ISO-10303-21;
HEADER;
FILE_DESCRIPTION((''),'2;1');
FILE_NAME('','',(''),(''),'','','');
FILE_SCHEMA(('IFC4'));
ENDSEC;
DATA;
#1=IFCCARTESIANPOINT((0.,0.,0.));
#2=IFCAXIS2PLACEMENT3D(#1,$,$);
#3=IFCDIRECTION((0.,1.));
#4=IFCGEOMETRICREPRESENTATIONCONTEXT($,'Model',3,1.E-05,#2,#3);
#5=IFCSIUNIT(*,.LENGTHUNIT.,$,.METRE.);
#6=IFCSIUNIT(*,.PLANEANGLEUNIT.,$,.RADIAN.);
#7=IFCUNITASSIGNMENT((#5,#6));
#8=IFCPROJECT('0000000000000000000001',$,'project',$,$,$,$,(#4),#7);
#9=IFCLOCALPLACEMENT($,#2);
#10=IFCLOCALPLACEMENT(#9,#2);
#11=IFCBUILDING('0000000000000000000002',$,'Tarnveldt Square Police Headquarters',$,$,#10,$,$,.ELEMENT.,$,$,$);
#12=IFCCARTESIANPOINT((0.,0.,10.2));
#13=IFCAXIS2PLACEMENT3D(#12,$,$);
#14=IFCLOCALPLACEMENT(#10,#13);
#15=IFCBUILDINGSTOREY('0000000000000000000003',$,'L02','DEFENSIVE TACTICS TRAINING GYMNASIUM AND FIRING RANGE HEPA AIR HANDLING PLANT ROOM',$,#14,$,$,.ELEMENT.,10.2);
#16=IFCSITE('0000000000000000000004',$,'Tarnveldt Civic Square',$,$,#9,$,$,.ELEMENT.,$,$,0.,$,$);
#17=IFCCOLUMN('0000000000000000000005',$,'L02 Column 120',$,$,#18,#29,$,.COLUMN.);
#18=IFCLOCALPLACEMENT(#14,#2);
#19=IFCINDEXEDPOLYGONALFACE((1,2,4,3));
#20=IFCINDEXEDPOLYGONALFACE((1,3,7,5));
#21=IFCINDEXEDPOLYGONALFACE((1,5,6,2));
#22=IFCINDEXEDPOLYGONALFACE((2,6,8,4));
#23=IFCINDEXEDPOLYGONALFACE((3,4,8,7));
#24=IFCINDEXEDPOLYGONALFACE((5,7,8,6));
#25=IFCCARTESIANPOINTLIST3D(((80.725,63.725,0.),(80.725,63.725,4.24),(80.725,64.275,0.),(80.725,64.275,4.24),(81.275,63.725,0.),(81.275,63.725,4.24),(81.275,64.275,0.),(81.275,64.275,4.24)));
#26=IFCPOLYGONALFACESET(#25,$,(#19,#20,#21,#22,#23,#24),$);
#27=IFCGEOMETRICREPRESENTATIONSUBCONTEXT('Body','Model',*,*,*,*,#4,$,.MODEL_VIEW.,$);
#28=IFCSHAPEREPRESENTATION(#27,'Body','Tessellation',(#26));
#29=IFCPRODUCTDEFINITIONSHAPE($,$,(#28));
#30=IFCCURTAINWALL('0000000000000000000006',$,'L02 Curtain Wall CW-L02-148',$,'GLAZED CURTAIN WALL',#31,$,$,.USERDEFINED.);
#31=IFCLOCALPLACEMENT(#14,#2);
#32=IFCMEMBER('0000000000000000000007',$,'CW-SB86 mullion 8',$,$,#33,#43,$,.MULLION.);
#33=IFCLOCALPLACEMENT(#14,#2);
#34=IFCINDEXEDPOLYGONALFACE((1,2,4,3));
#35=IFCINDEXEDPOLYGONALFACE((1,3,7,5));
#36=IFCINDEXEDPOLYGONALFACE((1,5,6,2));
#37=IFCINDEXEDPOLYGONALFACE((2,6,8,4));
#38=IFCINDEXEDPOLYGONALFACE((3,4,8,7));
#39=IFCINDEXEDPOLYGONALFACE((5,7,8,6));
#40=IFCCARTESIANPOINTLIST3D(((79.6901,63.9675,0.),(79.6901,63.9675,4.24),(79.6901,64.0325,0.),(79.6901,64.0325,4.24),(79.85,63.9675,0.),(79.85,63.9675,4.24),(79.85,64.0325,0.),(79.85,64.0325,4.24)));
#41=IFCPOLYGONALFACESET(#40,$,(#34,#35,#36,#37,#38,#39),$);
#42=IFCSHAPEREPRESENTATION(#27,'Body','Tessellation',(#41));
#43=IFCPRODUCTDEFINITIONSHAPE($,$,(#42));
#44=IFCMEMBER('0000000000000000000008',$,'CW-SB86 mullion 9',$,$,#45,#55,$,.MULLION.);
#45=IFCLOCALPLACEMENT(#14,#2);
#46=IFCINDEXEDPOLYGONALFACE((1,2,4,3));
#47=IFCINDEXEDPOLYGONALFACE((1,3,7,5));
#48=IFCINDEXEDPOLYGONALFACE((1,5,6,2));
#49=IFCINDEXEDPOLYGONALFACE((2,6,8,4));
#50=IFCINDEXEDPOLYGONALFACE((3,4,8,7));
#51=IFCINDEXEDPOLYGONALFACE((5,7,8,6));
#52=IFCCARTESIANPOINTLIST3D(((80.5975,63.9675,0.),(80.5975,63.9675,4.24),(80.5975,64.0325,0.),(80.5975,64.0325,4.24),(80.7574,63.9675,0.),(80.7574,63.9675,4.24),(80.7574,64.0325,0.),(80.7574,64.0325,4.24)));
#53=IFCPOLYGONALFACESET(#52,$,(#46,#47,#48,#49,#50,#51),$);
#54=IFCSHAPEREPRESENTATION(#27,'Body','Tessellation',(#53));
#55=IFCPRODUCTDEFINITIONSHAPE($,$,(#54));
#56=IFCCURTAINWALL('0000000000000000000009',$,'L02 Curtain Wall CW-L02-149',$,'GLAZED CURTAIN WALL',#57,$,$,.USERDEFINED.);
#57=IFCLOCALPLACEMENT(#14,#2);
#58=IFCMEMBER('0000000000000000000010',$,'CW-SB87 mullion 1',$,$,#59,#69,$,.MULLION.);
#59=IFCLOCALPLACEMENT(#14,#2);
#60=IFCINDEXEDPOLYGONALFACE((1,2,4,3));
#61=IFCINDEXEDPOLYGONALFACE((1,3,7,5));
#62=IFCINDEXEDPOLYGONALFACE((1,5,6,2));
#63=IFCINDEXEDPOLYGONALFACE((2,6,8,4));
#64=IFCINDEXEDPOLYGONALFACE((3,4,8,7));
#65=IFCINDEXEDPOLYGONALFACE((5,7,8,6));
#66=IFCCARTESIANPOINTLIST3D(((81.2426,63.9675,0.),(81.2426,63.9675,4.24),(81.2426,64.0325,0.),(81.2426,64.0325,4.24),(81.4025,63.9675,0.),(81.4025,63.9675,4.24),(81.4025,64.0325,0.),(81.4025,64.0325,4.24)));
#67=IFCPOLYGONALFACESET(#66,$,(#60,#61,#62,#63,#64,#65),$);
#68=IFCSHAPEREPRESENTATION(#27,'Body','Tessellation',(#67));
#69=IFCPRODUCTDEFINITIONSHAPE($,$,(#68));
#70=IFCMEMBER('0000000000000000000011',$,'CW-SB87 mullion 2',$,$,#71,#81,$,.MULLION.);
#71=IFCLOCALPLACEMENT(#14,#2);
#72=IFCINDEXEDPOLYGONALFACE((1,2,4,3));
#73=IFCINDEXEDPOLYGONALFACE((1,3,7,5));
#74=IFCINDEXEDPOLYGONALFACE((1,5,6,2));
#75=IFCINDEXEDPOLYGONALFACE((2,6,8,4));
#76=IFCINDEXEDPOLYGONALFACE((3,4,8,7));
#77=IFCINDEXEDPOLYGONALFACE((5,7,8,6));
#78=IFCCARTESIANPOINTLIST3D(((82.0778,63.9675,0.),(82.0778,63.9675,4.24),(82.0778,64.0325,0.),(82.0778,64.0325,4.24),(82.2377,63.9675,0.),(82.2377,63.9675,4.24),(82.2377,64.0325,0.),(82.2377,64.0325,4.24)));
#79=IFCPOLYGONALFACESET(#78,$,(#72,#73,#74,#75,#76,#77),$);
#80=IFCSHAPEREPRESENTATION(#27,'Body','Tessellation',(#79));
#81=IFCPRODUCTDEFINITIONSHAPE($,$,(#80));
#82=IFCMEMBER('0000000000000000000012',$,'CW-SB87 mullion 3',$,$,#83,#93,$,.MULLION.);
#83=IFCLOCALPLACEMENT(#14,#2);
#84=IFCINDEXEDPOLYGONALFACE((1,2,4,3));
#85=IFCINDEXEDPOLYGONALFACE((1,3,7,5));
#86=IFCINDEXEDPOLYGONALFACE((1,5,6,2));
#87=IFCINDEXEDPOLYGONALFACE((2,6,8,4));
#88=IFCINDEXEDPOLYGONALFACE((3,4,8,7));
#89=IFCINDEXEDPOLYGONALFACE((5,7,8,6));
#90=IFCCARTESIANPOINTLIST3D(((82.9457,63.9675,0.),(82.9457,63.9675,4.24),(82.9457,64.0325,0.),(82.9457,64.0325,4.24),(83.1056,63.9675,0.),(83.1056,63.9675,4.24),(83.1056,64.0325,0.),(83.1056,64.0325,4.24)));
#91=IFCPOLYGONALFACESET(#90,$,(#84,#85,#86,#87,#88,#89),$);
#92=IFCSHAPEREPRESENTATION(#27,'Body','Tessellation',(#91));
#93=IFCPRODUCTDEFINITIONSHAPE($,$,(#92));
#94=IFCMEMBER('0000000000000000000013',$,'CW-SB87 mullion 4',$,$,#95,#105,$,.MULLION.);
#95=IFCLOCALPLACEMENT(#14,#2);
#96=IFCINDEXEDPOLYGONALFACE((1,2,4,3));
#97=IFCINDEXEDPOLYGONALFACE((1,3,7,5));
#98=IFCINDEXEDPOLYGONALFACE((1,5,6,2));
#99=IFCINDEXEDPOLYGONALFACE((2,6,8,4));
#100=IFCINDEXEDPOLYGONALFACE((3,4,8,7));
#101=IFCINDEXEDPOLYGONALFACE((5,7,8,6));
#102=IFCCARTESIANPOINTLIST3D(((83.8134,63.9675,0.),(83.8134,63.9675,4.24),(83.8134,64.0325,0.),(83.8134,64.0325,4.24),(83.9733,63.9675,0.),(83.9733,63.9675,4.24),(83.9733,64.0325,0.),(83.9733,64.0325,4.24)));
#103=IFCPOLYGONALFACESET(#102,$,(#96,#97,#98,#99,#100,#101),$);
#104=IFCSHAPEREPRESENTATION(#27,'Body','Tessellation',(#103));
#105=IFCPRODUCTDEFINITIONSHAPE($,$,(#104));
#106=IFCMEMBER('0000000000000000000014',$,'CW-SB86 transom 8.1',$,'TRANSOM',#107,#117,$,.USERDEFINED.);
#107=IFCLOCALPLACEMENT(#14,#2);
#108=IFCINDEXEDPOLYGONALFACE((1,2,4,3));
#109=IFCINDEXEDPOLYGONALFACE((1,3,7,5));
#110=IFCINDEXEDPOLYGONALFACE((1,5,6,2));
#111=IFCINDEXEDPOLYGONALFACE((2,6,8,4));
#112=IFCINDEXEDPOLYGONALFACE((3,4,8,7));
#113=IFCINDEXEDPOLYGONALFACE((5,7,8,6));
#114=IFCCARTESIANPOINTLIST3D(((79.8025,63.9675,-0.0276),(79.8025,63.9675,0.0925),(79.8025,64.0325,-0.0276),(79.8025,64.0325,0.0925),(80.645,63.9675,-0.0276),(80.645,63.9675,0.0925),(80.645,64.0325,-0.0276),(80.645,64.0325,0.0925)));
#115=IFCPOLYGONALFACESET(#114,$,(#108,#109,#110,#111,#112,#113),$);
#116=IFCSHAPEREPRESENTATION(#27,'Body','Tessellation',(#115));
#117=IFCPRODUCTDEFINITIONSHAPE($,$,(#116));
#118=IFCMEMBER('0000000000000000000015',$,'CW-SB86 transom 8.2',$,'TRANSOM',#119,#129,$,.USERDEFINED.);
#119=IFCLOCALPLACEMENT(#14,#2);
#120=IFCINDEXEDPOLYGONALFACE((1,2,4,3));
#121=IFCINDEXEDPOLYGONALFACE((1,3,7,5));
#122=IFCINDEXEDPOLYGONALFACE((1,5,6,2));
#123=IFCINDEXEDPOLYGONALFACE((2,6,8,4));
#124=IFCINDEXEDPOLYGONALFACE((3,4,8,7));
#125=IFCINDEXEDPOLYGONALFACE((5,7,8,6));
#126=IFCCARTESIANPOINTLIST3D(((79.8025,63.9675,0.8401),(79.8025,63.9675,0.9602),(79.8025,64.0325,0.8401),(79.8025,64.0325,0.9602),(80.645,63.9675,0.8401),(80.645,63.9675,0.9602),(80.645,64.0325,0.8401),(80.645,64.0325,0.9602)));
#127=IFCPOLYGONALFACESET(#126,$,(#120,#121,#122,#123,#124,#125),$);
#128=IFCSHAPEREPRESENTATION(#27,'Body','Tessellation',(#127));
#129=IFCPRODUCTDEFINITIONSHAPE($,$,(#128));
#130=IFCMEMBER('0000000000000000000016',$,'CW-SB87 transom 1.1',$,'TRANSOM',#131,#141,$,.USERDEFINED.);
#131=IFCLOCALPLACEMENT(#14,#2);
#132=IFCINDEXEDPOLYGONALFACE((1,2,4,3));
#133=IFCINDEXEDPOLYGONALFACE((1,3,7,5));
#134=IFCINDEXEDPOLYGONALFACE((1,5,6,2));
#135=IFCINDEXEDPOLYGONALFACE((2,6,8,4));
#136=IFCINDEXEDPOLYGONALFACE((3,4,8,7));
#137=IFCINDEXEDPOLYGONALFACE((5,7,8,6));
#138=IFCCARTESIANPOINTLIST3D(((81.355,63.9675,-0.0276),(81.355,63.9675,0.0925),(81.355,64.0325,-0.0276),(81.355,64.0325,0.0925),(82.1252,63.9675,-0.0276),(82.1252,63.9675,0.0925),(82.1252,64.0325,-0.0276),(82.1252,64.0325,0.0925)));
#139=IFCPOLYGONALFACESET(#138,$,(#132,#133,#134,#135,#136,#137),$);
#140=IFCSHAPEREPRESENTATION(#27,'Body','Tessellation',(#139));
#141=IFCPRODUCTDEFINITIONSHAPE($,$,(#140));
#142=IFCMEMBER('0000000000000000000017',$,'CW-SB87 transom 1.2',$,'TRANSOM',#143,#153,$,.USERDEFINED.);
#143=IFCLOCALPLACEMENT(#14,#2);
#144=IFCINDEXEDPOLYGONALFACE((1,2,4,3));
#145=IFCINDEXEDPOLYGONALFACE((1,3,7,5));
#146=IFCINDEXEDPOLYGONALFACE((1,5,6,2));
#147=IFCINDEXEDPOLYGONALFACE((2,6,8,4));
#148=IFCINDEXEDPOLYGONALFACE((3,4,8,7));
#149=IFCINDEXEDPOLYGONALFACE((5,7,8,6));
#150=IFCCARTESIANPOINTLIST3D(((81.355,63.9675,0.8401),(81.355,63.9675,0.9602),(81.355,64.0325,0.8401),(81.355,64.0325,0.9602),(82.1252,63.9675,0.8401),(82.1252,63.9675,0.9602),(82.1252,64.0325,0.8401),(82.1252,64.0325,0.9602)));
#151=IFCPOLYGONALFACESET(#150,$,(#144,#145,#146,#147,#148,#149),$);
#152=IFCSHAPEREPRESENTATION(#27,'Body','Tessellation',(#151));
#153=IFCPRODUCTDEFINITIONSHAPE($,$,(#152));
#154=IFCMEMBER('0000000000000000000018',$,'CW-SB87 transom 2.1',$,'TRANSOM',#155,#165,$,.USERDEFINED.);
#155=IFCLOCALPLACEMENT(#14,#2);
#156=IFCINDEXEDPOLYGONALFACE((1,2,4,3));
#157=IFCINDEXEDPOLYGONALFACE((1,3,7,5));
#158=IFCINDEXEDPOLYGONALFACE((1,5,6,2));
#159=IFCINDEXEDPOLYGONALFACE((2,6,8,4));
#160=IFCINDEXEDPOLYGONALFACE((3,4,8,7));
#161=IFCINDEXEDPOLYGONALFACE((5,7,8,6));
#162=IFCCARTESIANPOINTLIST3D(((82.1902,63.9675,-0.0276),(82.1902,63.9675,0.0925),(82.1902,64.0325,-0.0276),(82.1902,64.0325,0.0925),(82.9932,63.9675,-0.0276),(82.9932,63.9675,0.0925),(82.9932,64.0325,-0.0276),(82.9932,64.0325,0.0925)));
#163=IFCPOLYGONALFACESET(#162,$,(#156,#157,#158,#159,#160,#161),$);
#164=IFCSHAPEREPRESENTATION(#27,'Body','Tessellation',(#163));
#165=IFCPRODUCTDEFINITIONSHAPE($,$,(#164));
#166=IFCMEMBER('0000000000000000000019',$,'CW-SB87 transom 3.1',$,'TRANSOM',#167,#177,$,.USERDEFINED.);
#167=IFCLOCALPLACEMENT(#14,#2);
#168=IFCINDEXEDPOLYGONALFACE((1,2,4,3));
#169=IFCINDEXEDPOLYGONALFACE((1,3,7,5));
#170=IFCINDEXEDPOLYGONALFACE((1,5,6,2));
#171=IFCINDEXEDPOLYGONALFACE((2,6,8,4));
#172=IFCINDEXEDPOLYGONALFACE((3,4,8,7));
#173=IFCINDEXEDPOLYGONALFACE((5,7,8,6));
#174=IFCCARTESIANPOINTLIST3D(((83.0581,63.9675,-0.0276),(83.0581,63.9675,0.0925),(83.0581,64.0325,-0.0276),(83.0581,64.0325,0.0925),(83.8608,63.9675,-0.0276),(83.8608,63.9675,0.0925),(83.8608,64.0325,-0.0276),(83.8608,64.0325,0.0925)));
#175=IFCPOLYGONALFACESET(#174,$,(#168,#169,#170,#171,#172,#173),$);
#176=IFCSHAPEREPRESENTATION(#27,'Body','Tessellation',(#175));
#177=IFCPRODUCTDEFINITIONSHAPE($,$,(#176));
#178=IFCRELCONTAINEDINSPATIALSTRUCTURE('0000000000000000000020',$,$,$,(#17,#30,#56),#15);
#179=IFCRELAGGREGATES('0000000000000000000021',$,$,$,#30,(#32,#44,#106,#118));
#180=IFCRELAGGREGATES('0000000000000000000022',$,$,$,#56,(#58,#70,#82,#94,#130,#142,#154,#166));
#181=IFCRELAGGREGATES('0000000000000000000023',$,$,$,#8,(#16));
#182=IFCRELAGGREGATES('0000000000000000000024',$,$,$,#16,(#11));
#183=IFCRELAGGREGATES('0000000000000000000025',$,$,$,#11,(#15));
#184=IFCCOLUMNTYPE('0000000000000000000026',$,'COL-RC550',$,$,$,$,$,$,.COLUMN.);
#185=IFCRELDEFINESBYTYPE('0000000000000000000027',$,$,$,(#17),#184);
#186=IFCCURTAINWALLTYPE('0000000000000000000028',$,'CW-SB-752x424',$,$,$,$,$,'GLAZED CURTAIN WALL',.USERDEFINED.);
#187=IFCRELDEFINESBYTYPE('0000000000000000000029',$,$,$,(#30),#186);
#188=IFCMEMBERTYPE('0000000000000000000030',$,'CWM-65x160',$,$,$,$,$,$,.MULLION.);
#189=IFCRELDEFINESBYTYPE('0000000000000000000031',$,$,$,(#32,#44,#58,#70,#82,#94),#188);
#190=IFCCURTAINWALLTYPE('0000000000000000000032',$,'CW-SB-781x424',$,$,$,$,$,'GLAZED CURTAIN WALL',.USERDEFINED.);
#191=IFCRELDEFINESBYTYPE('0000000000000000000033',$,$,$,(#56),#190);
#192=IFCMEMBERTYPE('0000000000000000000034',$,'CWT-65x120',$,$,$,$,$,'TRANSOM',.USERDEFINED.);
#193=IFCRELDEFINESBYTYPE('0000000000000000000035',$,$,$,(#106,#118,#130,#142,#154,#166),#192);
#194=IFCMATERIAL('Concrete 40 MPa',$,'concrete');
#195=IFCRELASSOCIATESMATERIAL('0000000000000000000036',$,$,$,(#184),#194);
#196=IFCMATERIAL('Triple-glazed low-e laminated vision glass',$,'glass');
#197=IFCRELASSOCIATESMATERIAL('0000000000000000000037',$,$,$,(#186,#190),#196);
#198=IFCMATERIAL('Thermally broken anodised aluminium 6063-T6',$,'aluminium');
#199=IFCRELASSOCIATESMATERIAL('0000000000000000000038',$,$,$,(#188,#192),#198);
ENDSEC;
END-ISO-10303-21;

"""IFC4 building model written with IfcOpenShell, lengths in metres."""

from ifc_helpers import new_model, si_unit, direction, frame, origin, origin_2d, place, context, subcontext, project, spatial, rectangle, extrude, material, material_profile, profile_set, type_object, element, aggregate, save


model = new_model("IFC4")

# Units and contexts
model_context = context("Model", 3, precision=1e-05, world=origin(), true_north=direction((0.0, 1.0)))
body_context = subcontext(model_context, "Body", "Model", "MODEL_VIEW")
ifc_project = project(units=[si_unit("LENGTHUNIT", "METRE"), si_unit("PLANEANGLEUNIT", "RADIAN")], contexts=[model_context])

# Site, building, storey
site_placement = place(None, origin())
site = spatial("IfcSite", under=ifc_project, at=site_placement, Name="Tarnveldt Civic Square", CompositionType="ELEMENT", RefElevation=0.0)
building_placement = place(site_placement, origin())
building = spatial("IfcBuilding", under=site, at=building_placement, Name="Tarnveldt Square Police Headquarters", CompositionType="ELEMENT")
storey_placement = place(building_placement, frame((0.0, 0.0, 10.2)))
storey = spatial("IfcBuildingStorey", under=building, at=storey_placement, Name="L02", Description="DEFENSIVE TACTICS TRAINING GYMNASIUM AND FIRING RANGE HEPA AIR HANDLING PLANT ROOM", CompositionType="ELEMENT", Elevation=10.2)

# Column
ifc_material_1 = material(Name="Concrete 40 MPa", Category="concrete")
ifc_material_profile_1 = material_profile(ifc_material_1, rectangle(XDim=0.55, YDim=0.55, at=origin_2d()), Name="RC-C550x550")
ifc_profile_set_1 = profile_set([ifc_material_profile_1], Name="Concrete 40 MPa")
column_type = type_object("IfcColumnType", Name="COL-RC550", PredefinedType="COLUMN", material=ifc_profile_set_1)
column_placement = place(storey_placement, frame((81.0, 64.0, 0.0), z_axis=(0.0, 0.0, 1.0), x_axis=(1.0, 0.0, 0.0)))
element("IfcColumn", 1, at=column_placement, inside=storey, type_object=column_type, Name="L02 Column 120", PredefinedType="COLUMN", context=body_context, shape_type="SweptSolid", body=[
    extrude(rectangle(XDim=0.55, YDim=0.55, at=origin_2d()), origin(), (0.0, 0.0, 1.0), 4.24),
])

# Curtain walls, members
ifc_material_2 = material(Name="Triple-glazed low-e laminated vision glass", Category="glass")
curtain_wall_type_1 = type_object("IfcCurtainWallType", Name="CW-SB-752x424", ElementType="GLAZED CURTAIN WALL", PredefinedType="USERDEFINED", material=ifc_material_2)
curtain_wall_1_placement = place(storey_placement, origin())
curtain_wall_1 = element("IfcCurtainWall", 2, at=curtain_wall_1_placement, inside=storey, type_object=curtain_wall_type_1, Name="L02 Curtain Wall CW-L02-148", ObjectType="GLAZED CURTAIN WALL", PredefinedType="USERDEFINED")
ifc_material_3 = material(Name="Thermally broken anodised aluminium 6063-T6", Category="aluminium")
ifc_material_profile_2 = material_profile(ifc_material_3, rectangle(XDim=0.0649, YDim=0.1599, at=origin_2d()), Name="CW-M65x160")
ifc_profile_set_2 = profile_set([ifc_material_profile_2], Name="Thermally broken anodised aluminium 6063-T6")
member_type_1 = type_object("IfcMemberType", Name="CWM-65x160", PredefinedType="MULLION", material=ifc_profile_set_2)
member_1_placement = place(storey_placement, frame((79.77, 64.0, 0.0), z_axis=(0.0, 0.0, 1.0), x_axis=(0.0, 1.0, 0.0)))
member_1 = element("IfcMember", 3, at=member_1_placement, type_object=member_type_1, Name="CW-SB86 mullion 8", PredefinedType="MULLION", context=body_context, shape_type="SweptSolid", body=[
    extrude(rectangle(XDim=0.0649, YDim=0.1599, at=origin_2d()), origin(), (0.0, 0.0, 1.0), 4.24),
])
member_2_placement = place(storey_placement, frame((80.6775, 64.0, 0.0), z_axis=(0.0, 0.0, 1.0), x_axis=(0.0, 1.0, 0.0)))
member_2 = element("IfcMember", 4, at=member_2_placement, type_object=member_type_1, Name="CW-SB86 mullion 9", PredefinedType="MULLION", context=body_context, shape_type="SweptSolid", body=[
    extrude(rectangle(XDim=0.0649, YDim=0.1599, at=origin_2d()), origin(), (0.0, 0.0, 1.0), 4.24),
])
curtain_wall_type_2 = type_object("IfcCurtainWallType", Name="CW-SB-781x424", ElementType="GLAZED CURTAIN WALL", PredefinedType="USERDEFINED", material=ifc_material_2)
curtain_wall_2_placement = place(storey_placement, origin())
curtain_wall_2 = element("IfcCurtainWall", 5, at=curtain_wall_2_placement, inside=storey, type_object=curtain_wall_type_2, Name="L02 Curtain Wall CW-L02-149", ObjectType="GLAZED CURTAIN WALL", PredefinedType="USERDEFINED")
member_3_placement = place(storey_placement, frame((81.3225, 64.0, 0.0), z_axis=(0.0, 0.0, 1.0), x_axis=(0.0, 1.0, 0.0)))
member_3 = element("IfcMember", 6, at=member_3_placement, type_object=member_type_1, Name="CW-SB87 mullion 1", PredefinedType="MULLION", context=body_context, shape_type="SweptSolid", body=[
    extrude(rectangle(XDim=0.0649, YDim=0.1599, at=origin_2d()), origin(), (0.0, 0.0, 1.0), 4.24),
])
member_4_placement = place(storey_placement, frame((82.1577, 64.0, 0.0), z_axis=(0.0, 0.0, 1.0), x_axis=(0.0, 1.0, 0.0)))
member_4 = element("IfcMember", 7, at=member_4_placement, type_object=member_type_1, Name="CW-SB87 mullion 2", PredefinedType="MULLION", context=body_context, shape_type="SweptSolid", body=[
    extrude(rectangle(XDim=0.0649, YDim=0.1599, at=origin_2d()), origin(), (0.0, 0.0, 1.0), 4.24),
])
member_5_placement = place(storey_placement, frame((83.0256, 64.0, 0.0), z_axis=(0.0, 0.0, 1.0), x_axis=(0.0, 1.0, 0.0)))
member_5 = element("IfcMember", 8, at=member_5_placement, type_object=member_type_1, Name="CW-SB87 mullion 3", PredefinedType="MULLION", context=body_context, shape_type="SweptSolid", body=[
    extrude(rectangle(XDim=0.0649, YDim=0.1599, at=origin_2d()), origin(), (0.0, 0.0, 1.0), 4.24),
])
member_6_placement = place(storey_placement, frame((83.8933, 64.0, 0.0), z_axis=(0.0, 0.0, 1.0), x_axis=(0.0, 1.0, 0.0)))
member_6 = element("IfcMember", 9, at=member_6_placement, type_object=member_type_1, Name="CW-SB87 mullion 4", PredefinedType="MULLION", context=body_context, shape_type="SweptSolid", body=[
    extrude(rectangle(XDim=0.0649, YDim=0.1599, at=origin_2d()), origin(), (0.0, 0.0, 1.0), 4.24),
])

# Members
ifc_material_profile_3 = material_profile(ifc_material_3, rectangle(XDim=0.0649, YDim=0.1201, at=origin_2d()), Name="CW-T65x120")
ifc_profile_set_3 = profile_set([ifc_material_profile_3], Name="Thermally broken anodised aluminium 6063-T6")
member_type_2 = type_object("IfcMemberType", Name="CWT-65x120", ElementType="TRANSOM", PredefinedType="USERDEFINED", material=ifc_profile_set_3)
member_7_placement = place(storey_placement, frame((79.8025, 64.0, 0.0325), z_axis=(1.0, 0.0, 0.0), x_axis=(0.0, 1.0, 0.0)))
member_7 = element("IfcMember", 10, at=member_7_placement, type_object=member_type_2, Name="CW-SB86 transom 8.1", ObjectType="TRANSOM", PredefinedType="USERDEFINED", context=body_context, shape_type="SweptSolid", body=[
    extrude(rectangle(XDim=0.0649, YDim=0.1201, at=origin_2d()), origin(), (0.0, 0.0, 1.0), 0.8425),
])
member_8_placement = place(storey_placement, frame((79.8025, 64.0, 0.9001), z_axis=(1.0, 0.0, 0.0), x_axis=(0.0, 1.0, 0.0)))
member_8 = element("IfcMember", 11, at=member_8_placement, type_object=member_type_2, Name="CW-SB86 transom 8.2", ObjectType="TRANSOM", PredefinedType="USERDEFINED", context=body_context, shape_type="SweptSolid", body=[
    extrude(rectangle(XDim=0.0649, YDim=0.1201, at=origin_2d()), origin(), (0.0, 0.0, 1.0), 0.8425),
])
member_9_placement = place(storey_placement, frame((81.355, 64.0, 0.0325), z_axis=(1.0, 0.0, 0.0), x_axis=(0.0, 1.0, 0.0)))
member_9 = element("IfcMember", 12, at=member_9_placement, type_object=member_type_2, Name="CW-SB87 transom 1.1", ObjectType="TRANSOM", PredefinedType="USERDEFINED", context=body_context, shape_type="SweptSolid", body=[
    extrude(rectangle(XDim=0.0649, YDim=0.1201, at=origin_2d()), origin(), (0.0, 0.0, 1.0), 0.7703),
])
member_10_placement = place(storey_placement, frame((81.355, 64.0, 0.9001), z_axis=(1.0, 0.0, 0.0), x_axis=(0.0, 1.0, 0.0)))
member_10 = element("IfcMember", 13, at=member_10_placement, type_object=member_type_2, Name="CW-SB87 transom 1.2", ObjectType="TRANSOM", PredefinedType="USERDEFINED", context=body_context, shape_type="SweptSolid", body=[
    extrude(rectangle(XDim=0.0649, YDim=0.1201, at=origin_2d()), origin(), (0.0, 0.0, 1.0), 0.7703),
])
member_11_placement = place(storey_placement, frame((82.1902, 64.0, 0.0325), z_axis=(1.0, 0.0, 0.0), x_axis=(0.0, 1.0, 0.0)))
member_11 = element("IfcMember", 14, at=member_11_placement, type_object=member_type_2, Name="CW-SB87 transom 2.1", ObjectType="TRANSOM", PredefinedType="USERDEFINED", context=body_context, shape_type="SweptSolid", body=[
    extrude(rectangle(XDim=0.0649, YDim=0.1201, at=origin_2d()), origin(), (0.0, 0.0, 1.0), 0.803),
])
member_12_placement = place(storey_placement, frame((83.0581, 64.0, 0.0325), z_axis=(1.0, 0.0, 0.0), x_axis=(0.0, 1.0, 0.0)))
member_12 = element("IfcMember", 15, at=member_12_placement, type_object=member_type_2, Name="CW-SB87 transom 3.1", ObjectType="TRANSOM", PredefinedType="USERDEFINED", context=body_context, shape_type="SweptSolid", body=[
    extrude(rectangle(XDim=0.0649, YDim=0.1201, at=origin_2d()), origin(), (0.0, 0.0, 1.0), 0.8027),
])

aggregate(curtain_wall_1, [member_1, member_2, member_7, member_8])
aggregate(curtain_wall_2, [member_3, member_4, member_5, member_6, member_9, member_10, member_11, member_12])

save(model, "model.ifc")
